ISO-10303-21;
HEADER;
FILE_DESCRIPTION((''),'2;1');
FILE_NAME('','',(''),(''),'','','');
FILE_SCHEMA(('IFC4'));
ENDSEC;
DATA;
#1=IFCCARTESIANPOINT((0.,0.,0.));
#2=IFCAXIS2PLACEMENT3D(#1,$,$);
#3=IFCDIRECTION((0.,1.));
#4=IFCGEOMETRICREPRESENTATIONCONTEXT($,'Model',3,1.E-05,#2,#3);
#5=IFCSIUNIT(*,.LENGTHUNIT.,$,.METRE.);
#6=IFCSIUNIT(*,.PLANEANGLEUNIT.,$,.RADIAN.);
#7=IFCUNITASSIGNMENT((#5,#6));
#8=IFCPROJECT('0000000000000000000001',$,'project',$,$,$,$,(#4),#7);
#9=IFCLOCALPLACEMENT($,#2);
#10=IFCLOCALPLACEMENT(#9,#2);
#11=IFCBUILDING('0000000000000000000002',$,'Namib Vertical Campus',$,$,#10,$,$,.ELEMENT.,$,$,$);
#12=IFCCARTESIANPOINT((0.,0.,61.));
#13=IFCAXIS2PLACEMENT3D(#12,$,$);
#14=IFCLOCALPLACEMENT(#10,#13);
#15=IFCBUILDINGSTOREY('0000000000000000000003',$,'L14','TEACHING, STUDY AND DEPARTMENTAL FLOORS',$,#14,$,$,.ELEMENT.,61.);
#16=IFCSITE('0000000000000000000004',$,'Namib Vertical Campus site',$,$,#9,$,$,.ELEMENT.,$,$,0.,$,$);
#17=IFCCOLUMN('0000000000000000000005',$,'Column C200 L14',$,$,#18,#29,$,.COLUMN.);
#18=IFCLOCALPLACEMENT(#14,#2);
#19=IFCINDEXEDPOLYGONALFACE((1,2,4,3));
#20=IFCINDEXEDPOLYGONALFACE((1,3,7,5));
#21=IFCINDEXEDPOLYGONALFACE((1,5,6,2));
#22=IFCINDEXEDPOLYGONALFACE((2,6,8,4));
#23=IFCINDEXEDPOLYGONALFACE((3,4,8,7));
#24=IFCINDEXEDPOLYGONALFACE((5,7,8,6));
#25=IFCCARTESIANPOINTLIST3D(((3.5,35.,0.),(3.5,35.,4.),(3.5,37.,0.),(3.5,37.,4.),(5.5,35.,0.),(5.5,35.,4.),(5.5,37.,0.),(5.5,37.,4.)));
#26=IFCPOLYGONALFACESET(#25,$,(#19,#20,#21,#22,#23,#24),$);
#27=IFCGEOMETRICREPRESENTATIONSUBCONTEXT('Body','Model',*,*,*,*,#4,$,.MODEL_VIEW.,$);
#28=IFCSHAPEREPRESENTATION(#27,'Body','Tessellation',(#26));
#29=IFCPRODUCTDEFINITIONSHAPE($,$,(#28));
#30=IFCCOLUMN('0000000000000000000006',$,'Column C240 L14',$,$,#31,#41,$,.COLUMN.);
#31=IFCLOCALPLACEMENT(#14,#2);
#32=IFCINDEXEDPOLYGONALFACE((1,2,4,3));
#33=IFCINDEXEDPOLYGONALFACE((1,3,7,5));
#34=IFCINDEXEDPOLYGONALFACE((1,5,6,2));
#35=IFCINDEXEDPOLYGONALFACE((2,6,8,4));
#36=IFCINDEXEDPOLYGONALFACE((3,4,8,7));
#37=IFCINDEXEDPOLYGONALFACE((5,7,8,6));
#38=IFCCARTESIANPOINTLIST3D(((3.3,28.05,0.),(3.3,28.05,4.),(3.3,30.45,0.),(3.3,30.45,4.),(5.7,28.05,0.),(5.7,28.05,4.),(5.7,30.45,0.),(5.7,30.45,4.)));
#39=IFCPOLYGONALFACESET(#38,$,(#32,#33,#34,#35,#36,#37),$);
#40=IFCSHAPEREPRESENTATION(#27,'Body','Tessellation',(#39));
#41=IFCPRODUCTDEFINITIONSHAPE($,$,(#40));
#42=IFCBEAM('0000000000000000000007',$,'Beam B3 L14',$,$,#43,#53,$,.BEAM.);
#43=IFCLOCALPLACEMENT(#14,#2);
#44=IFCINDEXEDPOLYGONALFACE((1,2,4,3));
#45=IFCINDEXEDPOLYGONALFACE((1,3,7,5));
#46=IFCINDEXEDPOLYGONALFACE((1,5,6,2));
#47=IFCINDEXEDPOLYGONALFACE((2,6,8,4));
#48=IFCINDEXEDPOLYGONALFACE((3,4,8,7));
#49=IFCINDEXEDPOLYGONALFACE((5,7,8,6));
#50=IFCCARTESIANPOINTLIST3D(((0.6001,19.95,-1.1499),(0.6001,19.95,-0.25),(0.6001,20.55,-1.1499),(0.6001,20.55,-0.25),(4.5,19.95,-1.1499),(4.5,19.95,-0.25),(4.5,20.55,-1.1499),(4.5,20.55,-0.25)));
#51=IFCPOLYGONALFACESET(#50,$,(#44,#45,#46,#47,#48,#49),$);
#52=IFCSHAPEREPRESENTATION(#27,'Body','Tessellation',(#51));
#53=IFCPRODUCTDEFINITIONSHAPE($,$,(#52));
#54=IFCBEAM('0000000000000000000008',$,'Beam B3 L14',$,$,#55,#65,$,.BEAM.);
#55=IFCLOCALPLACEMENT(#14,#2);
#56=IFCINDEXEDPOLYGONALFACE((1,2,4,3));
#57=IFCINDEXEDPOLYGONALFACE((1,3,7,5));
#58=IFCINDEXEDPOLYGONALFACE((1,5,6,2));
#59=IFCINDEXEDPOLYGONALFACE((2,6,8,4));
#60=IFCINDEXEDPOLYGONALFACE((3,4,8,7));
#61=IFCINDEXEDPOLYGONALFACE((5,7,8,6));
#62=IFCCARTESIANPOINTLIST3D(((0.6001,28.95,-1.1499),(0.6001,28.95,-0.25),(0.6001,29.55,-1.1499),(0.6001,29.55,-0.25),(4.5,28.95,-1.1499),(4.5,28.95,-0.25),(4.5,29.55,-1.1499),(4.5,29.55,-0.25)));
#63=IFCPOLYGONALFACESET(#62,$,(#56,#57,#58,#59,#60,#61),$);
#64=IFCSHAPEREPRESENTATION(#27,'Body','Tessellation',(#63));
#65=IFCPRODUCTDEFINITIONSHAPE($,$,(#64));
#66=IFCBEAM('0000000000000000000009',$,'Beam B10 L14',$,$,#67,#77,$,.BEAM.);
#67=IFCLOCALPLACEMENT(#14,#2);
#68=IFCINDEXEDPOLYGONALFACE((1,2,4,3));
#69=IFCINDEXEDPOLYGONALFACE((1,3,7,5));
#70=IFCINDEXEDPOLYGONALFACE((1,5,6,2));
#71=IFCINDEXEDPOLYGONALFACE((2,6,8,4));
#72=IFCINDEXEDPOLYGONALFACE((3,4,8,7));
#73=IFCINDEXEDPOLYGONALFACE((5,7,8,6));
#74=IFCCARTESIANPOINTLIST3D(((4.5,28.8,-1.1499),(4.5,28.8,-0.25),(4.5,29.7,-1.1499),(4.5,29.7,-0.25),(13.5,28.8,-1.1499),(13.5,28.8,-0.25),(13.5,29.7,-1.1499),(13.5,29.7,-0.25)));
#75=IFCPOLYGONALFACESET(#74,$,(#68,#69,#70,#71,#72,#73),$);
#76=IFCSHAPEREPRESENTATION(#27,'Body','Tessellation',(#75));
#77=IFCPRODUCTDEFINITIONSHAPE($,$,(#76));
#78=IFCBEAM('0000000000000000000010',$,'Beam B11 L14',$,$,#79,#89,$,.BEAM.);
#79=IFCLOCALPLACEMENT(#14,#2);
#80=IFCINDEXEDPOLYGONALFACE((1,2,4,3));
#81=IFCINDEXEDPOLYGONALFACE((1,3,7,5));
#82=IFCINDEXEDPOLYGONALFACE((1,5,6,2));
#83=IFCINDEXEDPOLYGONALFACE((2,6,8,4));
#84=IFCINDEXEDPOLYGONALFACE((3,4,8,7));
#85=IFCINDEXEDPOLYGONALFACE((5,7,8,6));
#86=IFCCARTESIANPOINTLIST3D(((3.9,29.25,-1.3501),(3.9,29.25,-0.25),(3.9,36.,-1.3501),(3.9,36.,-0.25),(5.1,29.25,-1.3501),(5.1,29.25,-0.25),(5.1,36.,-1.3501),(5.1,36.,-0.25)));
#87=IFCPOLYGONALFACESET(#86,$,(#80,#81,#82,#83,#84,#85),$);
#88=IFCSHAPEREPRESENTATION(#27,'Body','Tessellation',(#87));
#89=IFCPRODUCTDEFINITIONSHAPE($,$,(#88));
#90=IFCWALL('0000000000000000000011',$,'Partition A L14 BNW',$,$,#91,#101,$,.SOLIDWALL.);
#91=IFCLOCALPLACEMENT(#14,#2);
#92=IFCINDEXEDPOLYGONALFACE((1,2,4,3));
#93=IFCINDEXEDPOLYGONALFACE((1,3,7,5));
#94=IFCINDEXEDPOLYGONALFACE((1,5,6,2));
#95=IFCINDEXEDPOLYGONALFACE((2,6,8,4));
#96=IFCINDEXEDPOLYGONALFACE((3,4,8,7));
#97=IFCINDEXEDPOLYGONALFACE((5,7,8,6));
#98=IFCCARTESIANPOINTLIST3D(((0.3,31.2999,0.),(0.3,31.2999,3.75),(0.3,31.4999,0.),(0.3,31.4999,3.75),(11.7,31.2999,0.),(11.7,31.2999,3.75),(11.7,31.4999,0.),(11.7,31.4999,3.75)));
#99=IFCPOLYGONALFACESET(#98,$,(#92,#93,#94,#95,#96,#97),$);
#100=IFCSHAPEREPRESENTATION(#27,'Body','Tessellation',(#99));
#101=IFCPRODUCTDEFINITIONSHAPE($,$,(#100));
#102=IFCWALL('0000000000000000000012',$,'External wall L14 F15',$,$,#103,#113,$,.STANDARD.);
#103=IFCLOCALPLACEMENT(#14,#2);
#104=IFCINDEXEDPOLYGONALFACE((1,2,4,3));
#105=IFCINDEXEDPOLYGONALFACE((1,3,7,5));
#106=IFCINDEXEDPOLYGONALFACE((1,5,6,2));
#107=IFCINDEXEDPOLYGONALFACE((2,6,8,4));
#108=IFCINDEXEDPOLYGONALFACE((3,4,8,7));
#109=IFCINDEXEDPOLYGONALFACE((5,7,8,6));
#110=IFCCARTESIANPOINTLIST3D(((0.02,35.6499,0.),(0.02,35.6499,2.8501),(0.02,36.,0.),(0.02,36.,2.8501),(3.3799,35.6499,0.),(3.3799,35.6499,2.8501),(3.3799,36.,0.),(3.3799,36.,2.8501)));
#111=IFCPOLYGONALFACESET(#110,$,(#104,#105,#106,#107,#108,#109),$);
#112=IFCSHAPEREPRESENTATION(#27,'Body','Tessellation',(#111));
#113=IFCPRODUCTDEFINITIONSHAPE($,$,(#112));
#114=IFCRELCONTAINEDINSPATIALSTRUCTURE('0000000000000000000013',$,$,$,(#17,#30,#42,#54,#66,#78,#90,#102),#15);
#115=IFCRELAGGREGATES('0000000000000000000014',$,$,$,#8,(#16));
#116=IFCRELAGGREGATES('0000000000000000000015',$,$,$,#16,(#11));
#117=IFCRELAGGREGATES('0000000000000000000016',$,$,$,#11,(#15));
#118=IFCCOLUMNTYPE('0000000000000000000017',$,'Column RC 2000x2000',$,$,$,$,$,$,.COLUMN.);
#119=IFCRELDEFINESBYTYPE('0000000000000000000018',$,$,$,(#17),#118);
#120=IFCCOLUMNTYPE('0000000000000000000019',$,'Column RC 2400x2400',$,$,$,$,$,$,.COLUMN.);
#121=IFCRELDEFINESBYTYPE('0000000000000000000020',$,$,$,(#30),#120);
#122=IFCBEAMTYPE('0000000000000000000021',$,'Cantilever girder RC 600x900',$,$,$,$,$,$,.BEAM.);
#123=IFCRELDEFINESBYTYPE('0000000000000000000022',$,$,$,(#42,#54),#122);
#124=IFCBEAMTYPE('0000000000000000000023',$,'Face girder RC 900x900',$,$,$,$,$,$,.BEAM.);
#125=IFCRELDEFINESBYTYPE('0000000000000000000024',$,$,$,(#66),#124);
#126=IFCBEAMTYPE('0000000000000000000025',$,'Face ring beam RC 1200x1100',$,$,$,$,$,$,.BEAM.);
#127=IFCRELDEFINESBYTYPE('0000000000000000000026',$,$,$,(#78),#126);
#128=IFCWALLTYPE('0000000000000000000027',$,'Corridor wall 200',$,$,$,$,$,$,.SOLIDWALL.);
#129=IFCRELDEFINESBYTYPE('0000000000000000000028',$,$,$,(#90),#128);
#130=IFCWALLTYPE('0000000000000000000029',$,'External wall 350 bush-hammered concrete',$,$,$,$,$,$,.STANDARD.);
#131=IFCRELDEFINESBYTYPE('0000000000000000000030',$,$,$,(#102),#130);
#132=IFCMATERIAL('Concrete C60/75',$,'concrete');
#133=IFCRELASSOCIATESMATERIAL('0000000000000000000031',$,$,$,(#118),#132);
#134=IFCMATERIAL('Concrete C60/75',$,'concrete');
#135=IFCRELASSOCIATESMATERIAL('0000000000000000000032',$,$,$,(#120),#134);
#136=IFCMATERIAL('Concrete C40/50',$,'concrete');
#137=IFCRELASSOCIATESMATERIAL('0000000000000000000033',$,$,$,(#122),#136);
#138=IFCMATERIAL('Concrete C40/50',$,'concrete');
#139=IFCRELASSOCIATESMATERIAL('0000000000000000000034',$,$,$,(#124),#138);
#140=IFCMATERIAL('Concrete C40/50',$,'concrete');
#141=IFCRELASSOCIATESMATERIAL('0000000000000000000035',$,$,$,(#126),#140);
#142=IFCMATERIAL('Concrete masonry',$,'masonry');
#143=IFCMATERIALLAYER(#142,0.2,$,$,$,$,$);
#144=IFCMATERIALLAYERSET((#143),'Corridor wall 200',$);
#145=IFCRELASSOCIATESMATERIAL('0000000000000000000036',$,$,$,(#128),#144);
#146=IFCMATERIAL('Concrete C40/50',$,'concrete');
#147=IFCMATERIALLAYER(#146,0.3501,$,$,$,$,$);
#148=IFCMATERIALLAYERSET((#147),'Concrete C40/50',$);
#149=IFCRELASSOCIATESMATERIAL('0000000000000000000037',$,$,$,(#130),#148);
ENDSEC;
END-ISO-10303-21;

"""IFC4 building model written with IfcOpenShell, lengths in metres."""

from ifc_helpers import new_model, si_unit, direction, frame, frame_2d, origin, origin_2d, place, context, subcontext, project, spatial, rectangle, extrude, material, layer, layer_set, material_profile, profile_set, type_object, element, save


model = new_model("IFC4")

# Units and contexts
model_context = context("Model", 3, precision=1e-05, world=origin(), true_north=direction((0.0, 1.0)))
body_context = subcontext(model_context, "Body", "Model", "MODEL_VIEW")
ifc_project = project(units=[si_unit("LENGTHUNIT", "METRE"), si_unit("PLANEANGLEUNIT", "RADIAN")], contexts=[model_context])

# Site, building, storey
site_placement = place(None, origin())
site = spatial("IfcSite", under=ifc_project, at=site_placement, Name="Namib Vertical Campus site", CompositionType="ELEMENT", RefElevation=0.0)
building_placement = place(site_placement, origin())
building = spatial("IfcBuilding", under=site, at=building_placement, Name="Namib Vertical Campus", CompositionType="ELEMENT")
storey_placement = place(building_placement, frame((0.0, 0.0, 61.0)))
storey = spatial("IfcBuildingStorey", under=building, at=storey_placement, Name="L14", Description="TEACHING, STUDY AND DEPARTMENTAL FLOORS", CompositionType="ELEMENT", Elevation=61.0)

# Columns
ifc_material_1 = material(Name="Concrete C60/75", Category="concrete")
ifc_material_profile_1 = material_profile(ifc_material_1, rectangle(XDim=2.0, YDim=2.0, at=origin_2d()))
ifc_profile_set_1 = profile_set([ifc_material_profile_1], Name="Concrete C60/75")
column_type_1 = type_object("IfcColumnType", Name="Column RC 2000x2000", PredefinedType="COLUMN", material=ifc_profile_set_1)
column_1_placement = place(storey_placement, frame((4.5, 36.0, 0.0), z_axis=(0.0, 0.0, 1.0), x_axis=(1.0, 0.0, 0.0)))
element("IfcColumn", 1, at=column_1_placement, inside=storey, type_object=column_type_1, Name="Column C200 L14", PredefinedType="COLUMN", context=body_context, shape_type="SweptSolid", body=[
    extrude(rectangle(XDim=2.0, YDim=2.0, at=origin_2d()), origin(), (0.0, 0.0, 1.0), 4.0),
])
ifc_material_2 = material(Name="Concrete C60/75", Category="concrete")
ifc_material_profile_2 = material_profile(ifc_material_2, rectangle(XDim=2.3999, YDim=2.3999, at=origin_2d()))
ifc_profile_set_2 = profile_set([ifc_material_profile_2], Name="Concrete C60/75")
column_type_2 = type_object("IfcColumnType", Name="Column RC 2400x2400", PredefinedType="COLUMN", material=ifc_profile_set_2)
column_2_placement = place(storey_placement, frame((4.5, 29.25, 0.0), z_axis=(0.0, 0.0, 1.0), x_axis=(1.0, 0.0, 0.0)))
element("IfcColumn", 2, at=column_2_placement, inside=storey, type_object=column_type_2, Name="Column C240 L14", PredefinedType="COLUMN", context=body_context, shape_type="SweptSolid", body=[
    extrude(rectangle(XDim=2.3999, YDim=2.3999, at=origin_2d()), origin(), (0.0, 0.0, 1.0), 4.0),
])

# Beams
ifc_material_3 = material(Name="Concrete C40/50", Category="concrete")
ifc_material_profile_3 = material_profile(ifc_material_3, rectangle(XDim=0.6001, YDim=0.8999, at=origin_2d()))
ifc_profile_set_3 = profile_set([ifc_material_profile_3], Name="Concrete C40/50")
beam_type_1 = type_object("IfcBeamType", Name="Cantilever girder RC 600x900", PredefinedType="BEAM", material=ifc_profile_set_3)
for number, where, z_axis, x_axis, name in (
    (3, (4.5, 20.25, -0.7), (-1.0, 0.0, 0.0), (0.0, -1.0, 0.0), "Beam B3 L14"),
    (4, (4.5, 29.25, -0.7), (-1.0, 0.0, 0.0), (0.0, -1.0, 0.0), "Beam B3 L14"),
):
    element("IfcBeam", number, at=place(storey_placement, frame(where, z_axis=z_axis, x_axis=x_axis)), inside=storey, type_object=beam_type_1, Name=name, PredefinedType="BEAM", context=body_context, shape_type="SweptSolid", body=[
        extrude(rectangle(XDim=0.6001, YDim=0.8999, at=origin_2d()), origin(), (0.0, 0.0, 1.0), 3.8999),
    ])
ifc_material_4 = material(Name="Concrete C40/50", Category="concrete")
ifc_material_profile_4 = material_profile(ifc_material_4, rectangle(XDim=0.8999, YDim=0.8999, at=origin_2d()))
ifc_profile_set_4 = profile_set([ifc_material_profile_4], Name="Concrete C40/50")
beam_type_2 = type_object("IfcBeamType", Name="Face girder RC 900x900", PredefinedType="BEAM", material=ifc_profile_set_4)
beam_1_placement = place(storey_placement, frame((4.5, 29.25, -0.7), z_axis=(1.0, 0.0, 0.0), x_axis=(0.0, 1.0, 0.0)))
element("IfcBeam", 5, at=beam_1_placement, inside=storey, type_object=beam_type_2, Name="Beam B10 L14", PredefinedType="BEAM", context=body_context, shape_type="SweptSolid", body=[
    extrude(rectangle(XDim=0.8999, YDim=0.8999, at=origin_2d()), origin(), (0.0, 0.0, 1.0), 9.0),
])
ifc_material_5 = material(Name="Concrete C40/50", Category="concrete")
ifc_material_profile_5 = material_profile(ifc_material_5, rectangle(XDim=1.2, YDim=1.1001, at=origin_2d()))
ifc_profile_set_5 = profile_set([ifc_material_profile_5], Name="Concrete C40/50")
beam_type_3 = type_object("IfcBeamType", Name="Face ring beam RC 1200x1100", PredefinedType="BEAM", material=ifc_profile_set_5)
beam_2_placement = place(storey_placement, frame((4.5, 29.25, -0.8), z_axis=(0.0, 1.0, 0.0), x_axis=(-1.0, 0.0, 0.0)))
element("IfcBeam", 6, at=beam_2_placement, inside=storey, type_object=beam_type_3, Name="Beam B11 L14", PredefinedType="BEAM", context=body_context, shape_type="SweptSolid", body=[
    extrude(rectangle(XDim=1.2, YDim=1.1001, at=origin_2d()), origin(), (0.0, 0.0, 1.0), 6.75),
])

# Walls
ifc_material_6 = material(Name="Concrete masonry", Category="masonry")
ifc_layer_1 = layer(ifc_material_6, 0.2)
ifc_layer_set_1 = layer_set([ifc_layer_1], Name="Corridor wall 200")
wall_type_1 = type_object("IfcWallType", Name="Corridor wall 200", PredefinedType="SOLIDWALL", material=ifc_layer_set_1)
wall_1_placement = place(storey_placement, frame((0.3, 31.3999, 0.0), z_axis=(0.0, 0.0, 1.0), x_axis=(1.0, 0.0, 0.0)))
element("IfcWall", 7, at=wall_1_placement, inside=storey, type_object=wall_type_1, Name="Partition A L14 BNW", PredefinedType="SOLIDWALL", context=body_context, shape_type="SweptSolid", body=[
    extrude(rectangle(XDim=11.3999, YDim=0.2, at=frame_2d((5.7, 0.0))), origin(), (0.0, 0.0, 1.0), 3.75),
])
ifc_material_7 = material(Name="Concrete C40/50", Category="concrete")
ifc_layer_2 = layer(ifc_material_7, 0.3501)
ifc_layer_set_2 = layer_set([ifc_layer_2], Name="Concrete C40/50")
wall_type_2 = type_object("IfcWallType", Name="External wall 350 bush-hammered concrete", PredefinedType="STANDARD", material=ifc_layer_set_2)
wall_2_placement = place(storey_placement, frame((3.3799, 35.825, 0.0), z_axis=(0.0, 0.0, 1.0), x_axis=(-1.0, 0.0, 0.0)))
element("IfcWall", 8, at=wall_2_placement, inside=storey, type_object=wall_type_2, Name="External wall L14 F15", PredefinedType="STANDARD", context=body_context, shape_type="SweptSolid", body=[
    extrude(rectangle(XDim=3.3599, YDim=0.3501, at=frame_2d((1.6799, 0.0))), origin(), (0.0, 0.0, 1.0), 2.8501),
])

save(model, "model.ifc")
